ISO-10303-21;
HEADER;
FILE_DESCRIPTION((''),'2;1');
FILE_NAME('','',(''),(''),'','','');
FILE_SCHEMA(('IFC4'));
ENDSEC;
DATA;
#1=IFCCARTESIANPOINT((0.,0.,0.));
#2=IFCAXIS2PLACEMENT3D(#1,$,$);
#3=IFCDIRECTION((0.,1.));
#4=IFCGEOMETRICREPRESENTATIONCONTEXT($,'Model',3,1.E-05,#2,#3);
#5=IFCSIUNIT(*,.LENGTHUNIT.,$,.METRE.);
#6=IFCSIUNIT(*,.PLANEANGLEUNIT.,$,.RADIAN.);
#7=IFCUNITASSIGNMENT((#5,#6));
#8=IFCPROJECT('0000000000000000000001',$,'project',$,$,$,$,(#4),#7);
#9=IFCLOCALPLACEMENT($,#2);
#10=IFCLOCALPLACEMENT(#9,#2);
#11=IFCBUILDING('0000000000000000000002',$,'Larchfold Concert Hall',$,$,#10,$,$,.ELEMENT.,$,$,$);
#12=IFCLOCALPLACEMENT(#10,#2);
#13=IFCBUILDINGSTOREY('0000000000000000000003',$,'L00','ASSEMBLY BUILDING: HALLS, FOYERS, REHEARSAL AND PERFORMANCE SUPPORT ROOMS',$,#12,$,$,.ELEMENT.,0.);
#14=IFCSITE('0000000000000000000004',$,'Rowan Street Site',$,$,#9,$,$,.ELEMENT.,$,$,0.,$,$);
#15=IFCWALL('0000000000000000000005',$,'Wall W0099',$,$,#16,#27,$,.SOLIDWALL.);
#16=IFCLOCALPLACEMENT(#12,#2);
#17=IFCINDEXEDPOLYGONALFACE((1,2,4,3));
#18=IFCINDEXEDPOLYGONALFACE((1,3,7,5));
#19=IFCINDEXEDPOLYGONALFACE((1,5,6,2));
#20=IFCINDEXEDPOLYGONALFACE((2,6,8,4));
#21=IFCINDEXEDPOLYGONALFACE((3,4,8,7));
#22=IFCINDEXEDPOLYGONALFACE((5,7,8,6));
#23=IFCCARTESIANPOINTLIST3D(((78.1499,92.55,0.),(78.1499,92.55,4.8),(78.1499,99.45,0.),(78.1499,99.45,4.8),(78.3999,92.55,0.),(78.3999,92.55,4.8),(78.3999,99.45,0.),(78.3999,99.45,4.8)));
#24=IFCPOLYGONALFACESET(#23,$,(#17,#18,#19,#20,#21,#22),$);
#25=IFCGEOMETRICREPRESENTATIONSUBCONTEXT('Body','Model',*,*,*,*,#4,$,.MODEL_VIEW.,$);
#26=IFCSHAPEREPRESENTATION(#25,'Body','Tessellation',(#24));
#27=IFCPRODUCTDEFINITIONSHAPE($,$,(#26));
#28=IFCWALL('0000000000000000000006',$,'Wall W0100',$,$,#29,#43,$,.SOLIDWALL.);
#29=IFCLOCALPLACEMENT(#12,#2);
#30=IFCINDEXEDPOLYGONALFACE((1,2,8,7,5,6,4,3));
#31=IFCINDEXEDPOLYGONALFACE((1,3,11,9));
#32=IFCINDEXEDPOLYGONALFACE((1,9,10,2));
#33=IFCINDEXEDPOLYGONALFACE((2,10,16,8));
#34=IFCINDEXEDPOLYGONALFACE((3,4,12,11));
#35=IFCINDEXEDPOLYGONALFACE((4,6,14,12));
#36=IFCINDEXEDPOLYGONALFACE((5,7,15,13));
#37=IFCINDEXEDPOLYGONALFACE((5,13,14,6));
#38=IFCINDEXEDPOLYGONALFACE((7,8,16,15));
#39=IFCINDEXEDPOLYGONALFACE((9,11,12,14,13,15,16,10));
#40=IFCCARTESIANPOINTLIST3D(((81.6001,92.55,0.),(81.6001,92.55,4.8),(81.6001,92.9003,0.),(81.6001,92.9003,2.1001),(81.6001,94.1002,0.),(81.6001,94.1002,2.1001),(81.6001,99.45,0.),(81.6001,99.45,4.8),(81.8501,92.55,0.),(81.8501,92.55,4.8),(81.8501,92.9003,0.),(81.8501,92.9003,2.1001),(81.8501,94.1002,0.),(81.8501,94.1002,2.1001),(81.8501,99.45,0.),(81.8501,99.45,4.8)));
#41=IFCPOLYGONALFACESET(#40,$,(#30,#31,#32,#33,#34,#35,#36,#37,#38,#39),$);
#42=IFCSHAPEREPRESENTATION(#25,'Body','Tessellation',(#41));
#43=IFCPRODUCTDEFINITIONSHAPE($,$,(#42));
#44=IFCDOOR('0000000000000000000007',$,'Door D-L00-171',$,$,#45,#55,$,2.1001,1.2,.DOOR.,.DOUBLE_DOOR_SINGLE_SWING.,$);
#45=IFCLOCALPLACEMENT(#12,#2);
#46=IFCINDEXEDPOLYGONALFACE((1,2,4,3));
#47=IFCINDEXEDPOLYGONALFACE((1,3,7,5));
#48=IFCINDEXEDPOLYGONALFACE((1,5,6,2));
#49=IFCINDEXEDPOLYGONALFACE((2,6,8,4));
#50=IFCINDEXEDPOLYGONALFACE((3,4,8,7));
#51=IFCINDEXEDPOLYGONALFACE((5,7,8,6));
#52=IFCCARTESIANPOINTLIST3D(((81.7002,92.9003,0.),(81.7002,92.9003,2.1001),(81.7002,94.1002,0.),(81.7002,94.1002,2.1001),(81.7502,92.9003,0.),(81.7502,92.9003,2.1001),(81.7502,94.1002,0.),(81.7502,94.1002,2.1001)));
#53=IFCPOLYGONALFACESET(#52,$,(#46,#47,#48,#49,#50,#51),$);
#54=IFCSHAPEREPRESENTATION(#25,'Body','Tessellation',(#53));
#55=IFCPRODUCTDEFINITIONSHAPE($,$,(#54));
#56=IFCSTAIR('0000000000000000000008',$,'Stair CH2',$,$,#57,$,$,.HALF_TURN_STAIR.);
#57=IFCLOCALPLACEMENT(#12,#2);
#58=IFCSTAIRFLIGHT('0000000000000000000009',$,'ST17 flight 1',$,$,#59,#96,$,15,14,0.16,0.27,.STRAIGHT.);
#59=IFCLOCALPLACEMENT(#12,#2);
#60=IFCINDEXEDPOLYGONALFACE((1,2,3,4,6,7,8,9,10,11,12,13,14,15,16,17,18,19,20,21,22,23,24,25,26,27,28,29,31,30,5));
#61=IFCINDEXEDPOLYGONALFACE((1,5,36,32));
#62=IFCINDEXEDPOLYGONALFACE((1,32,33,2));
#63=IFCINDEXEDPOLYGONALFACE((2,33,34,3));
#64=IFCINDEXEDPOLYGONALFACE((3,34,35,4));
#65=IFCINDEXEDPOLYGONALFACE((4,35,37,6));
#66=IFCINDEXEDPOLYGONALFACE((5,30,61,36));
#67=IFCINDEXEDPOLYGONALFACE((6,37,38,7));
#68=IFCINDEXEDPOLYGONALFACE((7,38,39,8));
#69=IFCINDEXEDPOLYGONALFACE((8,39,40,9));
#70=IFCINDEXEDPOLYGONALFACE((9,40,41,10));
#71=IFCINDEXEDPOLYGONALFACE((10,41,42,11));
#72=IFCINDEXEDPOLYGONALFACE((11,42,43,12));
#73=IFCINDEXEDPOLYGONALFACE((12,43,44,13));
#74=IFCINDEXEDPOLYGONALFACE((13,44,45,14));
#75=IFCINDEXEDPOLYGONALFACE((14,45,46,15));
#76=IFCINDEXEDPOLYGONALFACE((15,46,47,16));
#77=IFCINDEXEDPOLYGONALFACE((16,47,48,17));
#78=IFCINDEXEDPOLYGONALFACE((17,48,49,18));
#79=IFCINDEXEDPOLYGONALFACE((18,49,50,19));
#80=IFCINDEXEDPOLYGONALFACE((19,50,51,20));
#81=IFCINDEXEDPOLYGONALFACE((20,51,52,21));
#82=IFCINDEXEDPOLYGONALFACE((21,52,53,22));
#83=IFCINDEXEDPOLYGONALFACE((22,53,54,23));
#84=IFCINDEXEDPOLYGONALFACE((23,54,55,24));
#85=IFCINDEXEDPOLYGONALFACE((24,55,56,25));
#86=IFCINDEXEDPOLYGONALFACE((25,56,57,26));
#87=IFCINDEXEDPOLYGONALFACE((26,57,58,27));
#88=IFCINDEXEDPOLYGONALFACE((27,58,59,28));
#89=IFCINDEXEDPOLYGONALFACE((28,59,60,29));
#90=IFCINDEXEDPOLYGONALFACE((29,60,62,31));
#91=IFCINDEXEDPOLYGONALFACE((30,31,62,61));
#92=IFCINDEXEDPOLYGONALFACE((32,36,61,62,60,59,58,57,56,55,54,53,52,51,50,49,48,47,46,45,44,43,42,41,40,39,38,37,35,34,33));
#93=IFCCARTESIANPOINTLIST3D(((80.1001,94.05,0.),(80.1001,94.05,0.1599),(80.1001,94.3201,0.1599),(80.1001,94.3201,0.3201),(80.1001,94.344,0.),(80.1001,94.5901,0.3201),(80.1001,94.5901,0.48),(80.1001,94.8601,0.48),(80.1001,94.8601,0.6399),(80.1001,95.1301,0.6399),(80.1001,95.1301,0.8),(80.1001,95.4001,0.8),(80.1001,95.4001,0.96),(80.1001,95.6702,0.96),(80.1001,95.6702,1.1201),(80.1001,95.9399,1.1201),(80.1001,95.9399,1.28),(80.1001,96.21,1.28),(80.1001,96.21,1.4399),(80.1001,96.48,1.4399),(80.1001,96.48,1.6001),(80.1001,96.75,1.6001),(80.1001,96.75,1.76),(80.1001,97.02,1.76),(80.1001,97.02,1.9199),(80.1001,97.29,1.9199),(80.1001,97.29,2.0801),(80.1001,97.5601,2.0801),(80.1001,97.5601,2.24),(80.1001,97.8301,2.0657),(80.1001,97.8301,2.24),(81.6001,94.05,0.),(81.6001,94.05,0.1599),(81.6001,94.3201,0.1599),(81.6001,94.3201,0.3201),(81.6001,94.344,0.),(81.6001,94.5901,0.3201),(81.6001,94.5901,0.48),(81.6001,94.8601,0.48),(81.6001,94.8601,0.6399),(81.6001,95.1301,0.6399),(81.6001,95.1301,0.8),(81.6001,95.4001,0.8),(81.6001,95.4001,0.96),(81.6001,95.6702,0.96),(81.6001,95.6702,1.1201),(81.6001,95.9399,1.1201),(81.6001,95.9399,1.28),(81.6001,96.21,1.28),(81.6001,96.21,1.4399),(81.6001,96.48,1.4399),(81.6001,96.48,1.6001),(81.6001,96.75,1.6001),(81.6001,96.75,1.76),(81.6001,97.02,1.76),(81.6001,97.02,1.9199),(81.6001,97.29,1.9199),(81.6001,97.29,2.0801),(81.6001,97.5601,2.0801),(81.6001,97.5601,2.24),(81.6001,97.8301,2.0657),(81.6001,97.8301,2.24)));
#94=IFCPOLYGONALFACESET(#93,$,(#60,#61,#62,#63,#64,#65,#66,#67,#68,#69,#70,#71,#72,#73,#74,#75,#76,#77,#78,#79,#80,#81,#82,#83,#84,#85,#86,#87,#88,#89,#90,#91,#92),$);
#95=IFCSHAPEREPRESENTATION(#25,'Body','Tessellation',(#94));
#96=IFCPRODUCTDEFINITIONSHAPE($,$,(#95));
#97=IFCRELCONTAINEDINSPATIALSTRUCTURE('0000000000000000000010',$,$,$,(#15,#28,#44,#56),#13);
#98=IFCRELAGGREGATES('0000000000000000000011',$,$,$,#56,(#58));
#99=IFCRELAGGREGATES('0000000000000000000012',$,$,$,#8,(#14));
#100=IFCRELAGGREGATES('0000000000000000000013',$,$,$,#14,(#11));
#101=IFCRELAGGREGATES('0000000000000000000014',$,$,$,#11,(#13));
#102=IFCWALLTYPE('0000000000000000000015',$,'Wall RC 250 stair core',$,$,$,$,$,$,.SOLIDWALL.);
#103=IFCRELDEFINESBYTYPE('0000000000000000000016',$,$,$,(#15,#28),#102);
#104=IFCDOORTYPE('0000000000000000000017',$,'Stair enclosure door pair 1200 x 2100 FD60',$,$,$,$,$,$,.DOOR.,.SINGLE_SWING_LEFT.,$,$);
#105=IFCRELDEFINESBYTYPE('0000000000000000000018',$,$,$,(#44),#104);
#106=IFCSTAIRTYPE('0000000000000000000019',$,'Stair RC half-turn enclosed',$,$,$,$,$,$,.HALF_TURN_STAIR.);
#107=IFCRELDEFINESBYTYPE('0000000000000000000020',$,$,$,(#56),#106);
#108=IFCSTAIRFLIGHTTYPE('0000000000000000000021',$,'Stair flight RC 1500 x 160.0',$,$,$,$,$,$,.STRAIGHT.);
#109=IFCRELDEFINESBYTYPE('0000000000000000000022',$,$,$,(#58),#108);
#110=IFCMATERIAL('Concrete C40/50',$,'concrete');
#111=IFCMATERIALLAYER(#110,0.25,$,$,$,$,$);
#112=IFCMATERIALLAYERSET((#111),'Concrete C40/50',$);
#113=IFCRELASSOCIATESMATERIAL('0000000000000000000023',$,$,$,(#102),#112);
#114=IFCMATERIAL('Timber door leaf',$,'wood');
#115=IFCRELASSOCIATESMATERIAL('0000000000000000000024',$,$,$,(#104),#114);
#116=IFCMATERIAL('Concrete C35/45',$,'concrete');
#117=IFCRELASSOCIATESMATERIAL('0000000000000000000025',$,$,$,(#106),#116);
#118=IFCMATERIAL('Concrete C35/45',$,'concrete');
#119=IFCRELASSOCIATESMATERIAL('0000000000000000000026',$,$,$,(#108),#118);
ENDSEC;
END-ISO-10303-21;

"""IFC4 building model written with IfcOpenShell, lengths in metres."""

from ifc_helpers import new_model, si_unit, direction, frame, frame_2d, origin, place, context, subcontext, project, spatial, polyline, rectangle, outline, extrude, material, layer, layer_set, type_object, element, fill, aggregate, save


model = new_model("IFC4")

# Units and contexts
model_context = context("Model", 3, precision=1e-05, world=origin(), true_north=direction((0.0, 1.0)))
body_context = subcontext(model_context, "Body", "Model", "MODEL_VIEW")
ifc_project = project(units=[si_unit("LENGTHUNIT", "METRE"), si_unit("PLANEANGLEUNIT", "RADIAN")], contexts=[model_context])

# Site, building, storey
site_placement = place(None, origin())
site = spatial("IfcSite", under=ifc_project, at=site_placement, Name="Rowan Street Site", CompositionType="ELEMENT", RefElevation=0.0)
building_placement = place(site_placement, origin())
building = spatial("IfcBuilding", under=site, at=building_placement, Name="Larchfold Concert Hall", CompositionType="ELEMENT")
storey_placement = place(building_placement, origin())
storey = spatial("IfcBuildingStorey", under=building, at=storey_placement, Name="L00", Description="ASSEMBLY BUILDING: HALLS, FOYERS, REHEARSAL AND PERFORMANCE SUPPORT ROOMS", CompositionType="ELEMENT", Elevation=0.0)

# Wall
ifc_material_1 = material(Name="Concrete C40/50", Category="concrete")
ifc_layer_1 = layer(ifc_material_1, 0.25)
ifc_layer_set_1 = layer_set([ifc_layer_1], Name="Concrete C40/50")
wall_type_1 = type_object("IfcWallType", Name="Wall RC 250 stair core", PredefinedType="SOLIDWALL", material=ifc_layer_set_1)
wall_1_placement = place(storey_placement, frame((78.2749, 92.55, 0.0), z_axis=(0.0, 0.0, 1.0), x_axis=(0.0, 1.0, 0.0)))
element("IfcWall", 1, at=wall_1_placement, inside=storey, type_object=wall_type_1, Name="Wall W0099", PredefinedType="SOLIDWALL", context=body_context, shape_type="SweptSolid", body=[
    extrude(rectangle(XDim=6.8999, YDim=0.25, at=frame_2d((3.45, 0.0))), origin(), (0.0, 0.0, 1.0), 4.8),
])

# Wall, opening, door
wall_2_placement = place(storey_placement, frame((81.7251, 92.55, 0.0), z_axis=(0.0, 0.0, 1.0), x_axis=(0.0, 1.0, 0.0)))
wall_2 = element("IfcWall", 2, at=wall_2_placement, inside=storey, type_object=wall_type_1, Name="Wall W0100", PredefinedType="SOLIDWALL", context=body_context, shape_type="SweptSolid", body=[
    extrude(rectangle(XDim=6.8999, YDim=0.25, at=frame_2d((3.45, 0.0))), origin(), (0.0, 0.0, 1.0), 4.8),
])
opening_1_placement = place(wall_2_placement, frame((0.3501, 0.0, 0.0)))
opening_1 = element("IfcOpeningElement", 3, at=opening_1_placement, cuts=wall_2, PredefinedType="OPENING", context=body_context, shape_type="SweptSolid", body=[
    extrude(rectangle(XDim=1.2, YDim=2.1001, at=frame_2d((0.6001, 1.05))), frame((0.0, 0.135, 0.0), z_axis=(0.0, -1.0, 0.0), x_axis=(1.0, 0.0, 0.0)), (0.0, 0.0, 1.0), 0.27),
])
ifc_material_2 = material(Name="Timber door leaf", Category="wood")
door_type_1 = type_object("IfcDoorType", Name="Stair enclosure door pair 1200 x 2100 FD60", OperationType="SINGLE_SWING_LEFT", PredefinedType="DOOR", material=ifc_material_2)
door_1_placement = place(opening_1_placement, origin())
door_1 = element("IfcDoor", 4, at=door_1_placement, inside=storey, type_object=door_type_1, Name="Door D-L00-171", OperationType="DOUBLE_DOOR_SINGLE_SWING", OverallHeight=2.1001, OverallWidth=1.2, PredefinedType="DOOR", context=body_context, shape_type="SweptSolid", body=[
    extrude(rectangle(XDim=1.2, YDim=2.1001, at=frame_2d((0.6001, 1.05))), frame((0.0, 0.0249, 0.0), z_axis=(0.0, -1.0, 0.0), x_axis=(1.0, 0.0, 0.0)), (0.0, 0.0, 1.0), 0.05),
])
fill(opening_1, door_1)

# Stair, stair flight
ifc_material_3 = material(Name="Concrete C35/45", Category="concrete")
stair_type = type_object("IfcStairType", Name="Stair RC half-turn enclosed", PredefinedType="HALF_TURN_STAIR", material=ifc_material_3)
stair_placement = place(storey_placement, origin())
stair = element("IfcStair", 5, at=stair_placement, inside=storey, type_object=stair_type, Name="Stair CH2", PredefinedType="HALF_TURN_STAIR")
ifc_material_4 = material(Name="Concrete C35/45", Category="concrete")
stair_flight_type = type_object("IfcStairFlightType", Name="Stair flight RC 1500 x 160.0", PredefinedType="STRAIGHT", material=ifc_material_4)
stair_flight_placement = place(storey_placement, frame((80.8501, 94.05, 0.0), z_axis=(0.0, 0.0, 1.0), x_axis=(0.0, 1.0, 0.0)))
stair_flight = element("IfcStairFlight", 6, at=stair_flight_placement, type_object=stair_flight_type, Name="ST17 flight 1", NumberOfRisers=15, NumberOfTreads=14, PredefinedType="STRAIGHT", RiserHeight=0.16, TreadLength=0.27, context=body_context, shape_type="SweptSolid", body=[
    extrude(outline(polyline([(0.0, 0.0), (0.0, 0.1599), (0.27, 0.1599), (0.27, 0.3201), (0.54, 0.3201), (0.54, 0.48), (0.8101, 0.48), (0.8101, 0.6399), (1.0801, 0.6399), (1.0801, 0.8), (1.3501, 0.8), (1.3501, 0.96), (1.6201, 0.96), (1.6201, 1.1201), (1.8899, 1.1201), (1.8899, 1.28), (2.1599, 1.28), (2.1599, 1.4399), (2.4299, 1.4399), (2.4299, 1.6001), (2.7, 1.6001), (2.7, 1.76), (2.97, 1.76), (2.97, 1.9199), (3.24, 1.9199), (3.24, 2.0801), (3.51, 2.0801), (3.51, 2.24), (3.78, 2.24), (3.78, 2.3999), (3.78, 2.0657), (0.2939, 0.0), (0.0, 0.0)])), frame((0.0, 0.75, 0.0), z_axis=(0.0, -1.0, 0.0), x_axis=(1.0, 0.0, 0.0)), (0.0, 0.0, 1.0), 1.5),
])
aggregate(stair, [stair_flight])

save(model, "model.ifc")
